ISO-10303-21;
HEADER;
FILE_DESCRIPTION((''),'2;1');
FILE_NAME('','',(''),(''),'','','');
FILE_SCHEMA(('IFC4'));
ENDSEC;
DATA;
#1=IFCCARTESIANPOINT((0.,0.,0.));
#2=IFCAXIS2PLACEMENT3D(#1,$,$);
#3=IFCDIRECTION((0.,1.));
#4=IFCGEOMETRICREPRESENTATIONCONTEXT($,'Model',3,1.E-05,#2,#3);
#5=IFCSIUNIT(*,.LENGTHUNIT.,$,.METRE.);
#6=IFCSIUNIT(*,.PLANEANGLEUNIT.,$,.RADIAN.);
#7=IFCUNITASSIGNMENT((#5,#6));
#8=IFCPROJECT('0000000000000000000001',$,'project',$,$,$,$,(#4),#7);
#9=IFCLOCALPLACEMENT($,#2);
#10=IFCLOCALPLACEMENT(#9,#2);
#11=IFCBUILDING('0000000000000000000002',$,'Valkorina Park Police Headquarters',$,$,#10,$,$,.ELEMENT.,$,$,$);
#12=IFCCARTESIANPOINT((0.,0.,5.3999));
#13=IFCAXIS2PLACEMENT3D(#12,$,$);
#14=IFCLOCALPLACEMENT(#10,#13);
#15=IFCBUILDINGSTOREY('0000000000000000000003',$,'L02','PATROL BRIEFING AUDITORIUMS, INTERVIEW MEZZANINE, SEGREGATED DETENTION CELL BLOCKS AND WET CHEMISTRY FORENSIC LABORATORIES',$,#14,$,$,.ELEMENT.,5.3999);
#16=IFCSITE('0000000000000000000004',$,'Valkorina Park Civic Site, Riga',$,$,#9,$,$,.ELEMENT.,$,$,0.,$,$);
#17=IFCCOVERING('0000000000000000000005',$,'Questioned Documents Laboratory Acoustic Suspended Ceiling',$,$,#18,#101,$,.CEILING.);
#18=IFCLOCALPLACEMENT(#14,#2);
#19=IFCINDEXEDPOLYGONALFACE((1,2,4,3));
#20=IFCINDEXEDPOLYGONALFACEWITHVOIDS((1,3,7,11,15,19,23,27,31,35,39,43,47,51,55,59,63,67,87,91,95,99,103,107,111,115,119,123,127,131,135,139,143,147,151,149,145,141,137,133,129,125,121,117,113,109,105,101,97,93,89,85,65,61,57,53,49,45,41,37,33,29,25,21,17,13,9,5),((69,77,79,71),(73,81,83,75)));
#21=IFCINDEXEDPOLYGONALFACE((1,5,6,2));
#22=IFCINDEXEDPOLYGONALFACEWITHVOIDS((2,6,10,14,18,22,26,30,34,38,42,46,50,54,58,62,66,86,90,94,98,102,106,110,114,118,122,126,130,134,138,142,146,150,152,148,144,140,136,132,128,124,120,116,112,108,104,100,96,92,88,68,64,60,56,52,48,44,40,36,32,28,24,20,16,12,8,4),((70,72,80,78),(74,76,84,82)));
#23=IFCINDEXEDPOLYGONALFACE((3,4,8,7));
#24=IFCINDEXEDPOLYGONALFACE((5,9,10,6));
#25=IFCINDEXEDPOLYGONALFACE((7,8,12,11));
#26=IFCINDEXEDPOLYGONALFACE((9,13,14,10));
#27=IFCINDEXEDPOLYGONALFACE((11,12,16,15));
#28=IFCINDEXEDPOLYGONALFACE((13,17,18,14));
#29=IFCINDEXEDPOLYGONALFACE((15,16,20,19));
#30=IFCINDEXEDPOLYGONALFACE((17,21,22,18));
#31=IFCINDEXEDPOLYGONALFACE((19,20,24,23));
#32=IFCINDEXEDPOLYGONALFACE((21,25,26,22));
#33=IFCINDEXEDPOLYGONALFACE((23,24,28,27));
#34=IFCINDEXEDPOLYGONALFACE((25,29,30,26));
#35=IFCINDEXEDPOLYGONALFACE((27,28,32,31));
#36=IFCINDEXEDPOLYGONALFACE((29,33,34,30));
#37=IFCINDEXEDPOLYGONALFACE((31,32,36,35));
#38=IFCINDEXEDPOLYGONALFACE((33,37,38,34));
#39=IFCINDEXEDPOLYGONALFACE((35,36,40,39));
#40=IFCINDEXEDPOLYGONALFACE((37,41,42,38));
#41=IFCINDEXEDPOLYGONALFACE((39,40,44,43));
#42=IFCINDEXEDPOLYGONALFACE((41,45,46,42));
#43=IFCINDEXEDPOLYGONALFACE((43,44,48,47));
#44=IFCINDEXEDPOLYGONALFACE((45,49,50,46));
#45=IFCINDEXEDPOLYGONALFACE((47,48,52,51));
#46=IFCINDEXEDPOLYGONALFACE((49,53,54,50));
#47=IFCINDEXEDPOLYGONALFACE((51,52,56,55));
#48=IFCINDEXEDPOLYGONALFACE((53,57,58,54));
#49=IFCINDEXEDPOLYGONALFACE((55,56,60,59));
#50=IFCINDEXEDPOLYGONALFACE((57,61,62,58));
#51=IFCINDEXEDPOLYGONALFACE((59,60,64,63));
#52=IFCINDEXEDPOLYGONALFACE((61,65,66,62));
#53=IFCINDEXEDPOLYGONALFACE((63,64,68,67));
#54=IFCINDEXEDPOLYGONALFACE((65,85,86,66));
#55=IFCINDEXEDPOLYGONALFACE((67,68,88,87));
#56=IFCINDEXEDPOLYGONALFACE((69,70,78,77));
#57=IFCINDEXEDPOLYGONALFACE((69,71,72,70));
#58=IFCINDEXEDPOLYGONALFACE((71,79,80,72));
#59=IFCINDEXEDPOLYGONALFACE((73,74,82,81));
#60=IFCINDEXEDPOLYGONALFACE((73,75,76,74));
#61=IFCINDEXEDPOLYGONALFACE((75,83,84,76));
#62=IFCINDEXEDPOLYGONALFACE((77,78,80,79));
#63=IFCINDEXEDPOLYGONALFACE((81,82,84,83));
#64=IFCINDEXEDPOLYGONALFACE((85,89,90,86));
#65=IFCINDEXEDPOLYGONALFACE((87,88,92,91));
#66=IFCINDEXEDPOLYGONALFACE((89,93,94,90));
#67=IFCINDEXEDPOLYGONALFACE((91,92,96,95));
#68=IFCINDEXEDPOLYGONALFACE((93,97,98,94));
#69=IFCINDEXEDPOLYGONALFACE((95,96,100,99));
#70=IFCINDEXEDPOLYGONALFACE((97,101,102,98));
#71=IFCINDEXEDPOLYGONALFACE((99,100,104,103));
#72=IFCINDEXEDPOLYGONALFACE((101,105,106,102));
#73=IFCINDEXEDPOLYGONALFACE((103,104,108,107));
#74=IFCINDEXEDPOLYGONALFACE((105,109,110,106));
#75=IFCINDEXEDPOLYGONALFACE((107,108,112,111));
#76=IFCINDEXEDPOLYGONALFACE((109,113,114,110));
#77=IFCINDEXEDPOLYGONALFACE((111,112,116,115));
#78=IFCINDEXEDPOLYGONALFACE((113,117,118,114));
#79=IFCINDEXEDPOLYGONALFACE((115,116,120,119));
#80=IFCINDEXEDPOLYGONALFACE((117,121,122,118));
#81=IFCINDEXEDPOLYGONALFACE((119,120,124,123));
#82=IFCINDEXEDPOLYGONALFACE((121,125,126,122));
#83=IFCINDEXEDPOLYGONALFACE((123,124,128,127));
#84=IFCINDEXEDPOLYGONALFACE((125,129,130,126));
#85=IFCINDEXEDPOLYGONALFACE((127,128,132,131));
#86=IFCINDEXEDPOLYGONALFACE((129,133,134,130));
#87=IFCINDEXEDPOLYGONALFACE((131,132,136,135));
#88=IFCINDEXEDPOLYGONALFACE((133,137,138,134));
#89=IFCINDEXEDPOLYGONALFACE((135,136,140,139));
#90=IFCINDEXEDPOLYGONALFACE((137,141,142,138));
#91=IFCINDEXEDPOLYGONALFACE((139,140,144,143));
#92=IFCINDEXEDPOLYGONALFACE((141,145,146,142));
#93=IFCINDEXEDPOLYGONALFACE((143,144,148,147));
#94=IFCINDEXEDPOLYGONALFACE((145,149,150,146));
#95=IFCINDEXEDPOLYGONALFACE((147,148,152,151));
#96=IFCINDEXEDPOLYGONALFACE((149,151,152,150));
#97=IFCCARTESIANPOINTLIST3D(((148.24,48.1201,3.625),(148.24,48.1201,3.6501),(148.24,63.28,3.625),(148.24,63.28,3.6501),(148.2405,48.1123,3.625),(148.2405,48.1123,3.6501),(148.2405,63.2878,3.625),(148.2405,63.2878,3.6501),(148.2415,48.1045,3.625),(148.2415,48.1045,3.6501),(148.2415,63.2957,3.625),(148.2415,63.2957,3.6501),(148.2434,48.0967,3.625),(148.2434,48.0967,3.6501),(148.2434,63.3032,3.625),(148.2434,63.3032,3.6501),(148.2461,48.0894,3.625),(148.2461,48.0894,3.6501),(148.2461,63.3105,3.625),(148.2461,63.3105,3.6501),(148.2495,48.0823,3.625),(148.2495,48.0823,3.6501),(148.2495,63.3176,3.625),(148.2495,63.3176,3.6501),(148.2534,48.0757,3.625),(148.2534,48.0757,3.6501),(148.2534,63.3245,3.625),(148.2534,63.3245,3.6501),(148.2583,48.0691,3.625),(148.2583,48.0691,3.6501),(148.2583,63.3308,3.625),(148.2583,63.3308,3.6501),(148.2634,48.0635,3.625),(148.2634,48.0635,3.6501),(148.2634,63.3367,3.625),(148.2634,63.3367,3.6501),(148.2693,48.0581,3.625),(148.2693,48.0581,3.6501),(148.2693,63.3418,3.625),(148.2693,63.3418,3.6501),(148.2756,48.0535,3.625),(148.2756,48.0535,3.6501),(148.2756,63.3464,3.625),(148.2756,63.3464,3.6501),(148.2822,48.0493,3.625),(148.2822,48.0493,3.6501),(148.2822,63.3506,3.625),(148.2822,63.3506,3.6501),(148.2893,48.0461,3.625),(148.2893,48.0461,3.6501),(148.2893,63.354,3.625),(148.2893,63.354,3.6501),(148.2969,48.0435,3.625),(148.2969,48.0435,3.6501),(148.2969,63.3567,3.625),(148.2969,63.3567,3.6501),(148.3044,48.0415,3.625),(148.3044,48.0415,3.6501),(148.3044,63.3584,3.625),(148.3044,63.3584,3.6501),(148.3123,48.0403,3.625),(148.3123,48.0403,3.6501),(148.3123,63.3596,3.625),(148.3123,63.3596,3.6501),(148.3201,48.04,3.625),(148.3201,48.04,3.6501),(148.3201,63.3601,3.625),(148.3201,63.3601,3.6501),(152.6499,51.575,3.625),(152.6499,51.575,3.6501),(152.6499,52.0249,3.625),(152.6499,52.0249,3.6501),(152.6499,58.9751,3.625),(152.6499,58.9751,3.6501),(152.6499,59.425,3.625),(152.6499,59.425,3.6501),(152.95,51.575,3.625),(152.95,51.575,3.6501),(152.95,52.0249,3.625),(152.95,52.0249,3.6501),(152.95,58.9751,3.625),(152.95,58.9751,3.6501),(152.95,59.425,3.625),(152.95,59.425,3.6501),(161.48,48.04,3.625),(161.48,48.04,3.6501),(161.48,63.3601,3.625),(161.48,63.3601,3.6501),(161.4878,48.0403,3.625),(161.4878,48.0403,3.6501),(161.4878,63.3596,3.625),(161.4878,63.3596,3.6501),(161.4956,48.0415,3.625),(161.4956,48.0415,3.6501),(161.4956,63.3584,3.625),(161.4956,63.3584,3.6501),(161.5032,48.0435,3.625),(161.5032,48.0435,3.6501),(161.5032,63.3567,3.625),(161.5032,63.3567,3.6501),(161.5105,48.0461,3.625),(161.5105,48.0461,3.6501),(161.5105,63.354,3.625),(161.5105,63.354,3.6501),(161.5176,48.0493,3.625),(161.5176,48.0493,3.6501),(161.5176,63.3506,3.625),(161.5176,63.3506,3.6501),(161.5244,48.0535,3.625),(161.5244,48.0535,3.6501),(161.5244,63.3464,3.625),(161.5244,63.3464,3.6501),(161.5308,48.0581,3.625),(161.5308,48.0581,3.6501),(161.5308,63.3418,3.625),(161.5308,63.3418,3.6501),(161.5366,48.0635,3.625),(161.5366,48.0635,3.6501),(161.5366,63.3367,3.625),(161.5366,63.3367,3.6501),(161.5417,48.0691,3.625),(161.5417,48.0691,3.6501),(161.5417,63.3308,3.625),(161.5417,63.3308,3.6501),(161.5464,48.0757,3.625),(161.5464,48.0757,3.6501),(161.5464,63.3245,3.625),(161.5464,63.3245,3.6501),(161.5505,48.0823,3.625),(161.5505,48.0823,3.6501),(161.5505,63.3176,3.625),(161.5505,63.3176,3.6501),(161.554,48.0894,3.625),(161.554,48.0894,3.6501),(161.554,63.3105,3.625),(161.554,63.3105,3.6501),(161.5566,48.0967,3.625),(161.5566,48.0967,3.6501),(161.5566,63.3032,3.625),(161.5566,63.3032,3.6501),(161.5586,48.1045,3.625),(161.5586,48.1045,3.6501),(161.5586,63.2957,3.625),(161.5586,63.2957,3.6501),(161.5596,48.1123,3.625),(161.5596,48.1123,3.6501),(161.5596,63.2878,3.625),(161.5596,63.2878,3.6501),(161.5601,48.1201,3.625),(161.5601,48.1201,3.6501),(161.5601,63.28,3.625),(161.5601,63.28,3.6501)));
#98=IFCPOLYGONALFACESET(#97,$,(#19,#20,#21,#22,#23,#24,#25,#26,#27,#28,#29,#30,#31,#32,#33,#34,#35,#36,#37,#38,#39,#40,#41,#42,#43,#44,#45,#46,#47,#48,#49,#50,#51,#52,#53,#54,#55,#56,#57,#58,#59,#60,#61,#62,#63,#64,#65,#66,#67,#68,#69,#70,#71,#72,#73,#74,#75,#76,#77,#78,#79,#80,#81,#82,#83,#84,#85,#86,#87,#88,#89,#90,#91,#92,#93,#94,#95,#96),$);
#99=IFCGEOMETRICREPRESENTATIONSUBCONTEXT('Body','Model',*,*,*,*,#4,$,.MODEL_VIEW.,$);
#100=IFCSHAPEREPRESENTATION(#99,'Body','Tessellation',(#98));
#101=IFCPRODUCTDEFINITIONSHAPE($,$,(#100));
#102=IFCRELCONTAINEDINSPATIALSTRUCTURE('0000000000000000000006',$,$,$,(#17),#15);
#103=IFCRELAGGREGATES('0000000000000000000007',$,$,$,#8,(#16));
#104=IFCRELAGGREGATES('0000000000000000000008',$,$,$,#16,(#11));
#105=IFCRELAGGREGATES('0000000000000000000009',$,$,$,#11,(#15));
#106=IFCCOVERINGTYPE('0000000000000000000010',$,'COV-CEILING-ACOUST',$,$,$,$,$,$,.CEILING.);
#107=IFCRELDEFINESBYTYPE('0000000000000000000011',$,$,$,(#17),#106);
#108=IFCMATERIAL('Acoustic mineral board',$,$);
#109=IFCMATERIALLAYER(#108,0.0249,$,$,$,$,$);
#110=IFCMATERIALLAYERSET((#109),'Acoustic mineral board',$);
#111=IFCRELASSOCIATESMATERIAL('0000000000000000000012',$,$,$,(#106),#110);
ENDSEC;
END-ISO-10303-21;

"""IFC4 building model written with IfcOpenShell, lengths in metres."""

from ifc_helpers import new_model, si_unit, direction, frame, origin, place, context, subcontext, project, spatial, polyline, outline, extrude, material, layer, layer_set, type_object, element, save


model = new_model("IFC4")

# Units and contexts
model_context = context("Model", 3, precision=1e-05, world=origin(), true_north=direction((0.0, 1.0)))
body_context = subcontext(model_context, "Body", "Model", "MODEL_VIEW")
ifc_project = project(units=[si_unit("LENGTHUNIT", "METRE"), si_unit("PLANEANGLEUNIT", "RADIAN")], contexts=[model_context])

# Site, building, storey
site_placement = place(None, origin())
site = spatial("IfcSite", under=ifc_project, at=site_placement, Name="Valkorina Park Civic Site, Riga", CompositionType="ELEMENT", RefElevation=0.0)
building_placement = place(site_placement, origin())
building = spatial("IfcBuilding", under=site, at=building_placement, Name="Valkorina Park Police Headquarters", CompositionType="ELEMENT")
storey_placement = place(building_placement, frame((0.0, 0.0, 5.3999)))
storey = spatial("IfcBuildingStorey", under=building, at=storey_placement, Name="L02", Description="PATROL BRIEFING AUDITORIUMS, INTERVIEW MEZZANINE, SEGREGATED DETENTION CELL BLOCKS AND WET CHEMISTRY FORENSIC LABORATORIES", CompositionType="ELEMENT", Elevation=5.3999)

# Covering
ifc_material_1 = material(Name="Acoustic mineral board")
ifc_layer_1 = layer(ifc_material_1, 0.0249)
ifc_layer_set_1 = layer_set([ifc_layer_1], Name="Acoustic mineral board")
covering_type_1 = type_object("IfcCoveringType", Name="COV-CEILING-ACOUST", PredefinedType="CEILING", material=ifc_layer_set_1)
covering_1_placement = place(storey_placement, frame((0.0, 0.0, 3.625)))
element("IfcCovering", 1, at=covering_1_placement, inside=storey, type_object=covering_type_1, Name="Questioned Documents Laboratory Acoustic Suspended Ceiling", PredefinedType="CEILING", context=body_context, shape_type="SweptSolid", body=[
    extrude(outline(polyline([(161.5586, 48.1045), (161.5596, 48.1123), (161.5601, 48.1201), (161.5601, 63.28), (161.5596, 63.2878), (161.5586, 63.2957), (161.5566, 63.3032), (161.554, 63.3105), (161.5505, 63.3176), (161.5464, 63.3245), (161.5417, 63.3308), (161.5366, 63.3367), (161.5308, 63.3418), (161.5244, 63.3464), (161.5176, 63.3506), (161.5105, 63.354), (161.5032, 63.3567), (161.4956, 63.3584), (161.4878, 63.3596), (161.48, 63.3601), (148.3201, 63.3601), (148.3123, 63.3596), (148.3044, 63.3584), (148.2969, 63.3567), (148.2893, 63.354), (148.2822, 63.3506), (148.2756, 63.3464), (148.2693, 63.3418), (148.2634, 63.3367), (148.2583, 63.3308), (148.2534, 63.3245), (148.2495, 63.3176), (148.2461, 63.3105), (148.2434, 63.3032), (148.2415, 63.2957), (148.2405, 63.2878), (148.24, 63.28), (148.24, 48.1201), (148.2405, 48.1123), (148.2415, 48.1045), (148.2434, 48.0967), (148.2461, 48.0894), (148.2495, 48.0823), (148.2534, 48.0757), (148.2583, 48.0691), (148.2634, 48.0635), (148.2693, 48.0581), (148.2756, 48.0535), (148.2822, 48.0493), (148.2893, 48.0461), (148.2969, 48.0435), (148.3044, 48.0415), (148.3123, 48.0403), (148.3201, 48.04), (161.48, 48.04), (161.4878, 48.0403), (161.4956, 48.0415), (161.5032, 48.0435), (161.5105, 48.0461), (161.5176, 48.0493), (161.5244, 48.0535), (161.5308, 48.0581), (161.5366, 48.0635), (161.5417, 48.0691), (161.5464, 48.0757), (161.5505, 48.0823), (161.554, 48.0894), (161.5566, 48.0967), (161.5586, 48.1045)]), holes=[polyline([(152.95, 51.575), (152.6499, 51.575), (152.6499, 52.0249), (152.95, 52.0249), (152.95, 51.575)]), polyline([(152.95, 58.9751), (152.6499, 58.9751), (152.6499, 59.425), (152.95, 59.425), (152.95, 58.9751)])]), origin(), (0.0, 0.0, 1.0), 0.0251),
])

save(model, "model.ifc")
